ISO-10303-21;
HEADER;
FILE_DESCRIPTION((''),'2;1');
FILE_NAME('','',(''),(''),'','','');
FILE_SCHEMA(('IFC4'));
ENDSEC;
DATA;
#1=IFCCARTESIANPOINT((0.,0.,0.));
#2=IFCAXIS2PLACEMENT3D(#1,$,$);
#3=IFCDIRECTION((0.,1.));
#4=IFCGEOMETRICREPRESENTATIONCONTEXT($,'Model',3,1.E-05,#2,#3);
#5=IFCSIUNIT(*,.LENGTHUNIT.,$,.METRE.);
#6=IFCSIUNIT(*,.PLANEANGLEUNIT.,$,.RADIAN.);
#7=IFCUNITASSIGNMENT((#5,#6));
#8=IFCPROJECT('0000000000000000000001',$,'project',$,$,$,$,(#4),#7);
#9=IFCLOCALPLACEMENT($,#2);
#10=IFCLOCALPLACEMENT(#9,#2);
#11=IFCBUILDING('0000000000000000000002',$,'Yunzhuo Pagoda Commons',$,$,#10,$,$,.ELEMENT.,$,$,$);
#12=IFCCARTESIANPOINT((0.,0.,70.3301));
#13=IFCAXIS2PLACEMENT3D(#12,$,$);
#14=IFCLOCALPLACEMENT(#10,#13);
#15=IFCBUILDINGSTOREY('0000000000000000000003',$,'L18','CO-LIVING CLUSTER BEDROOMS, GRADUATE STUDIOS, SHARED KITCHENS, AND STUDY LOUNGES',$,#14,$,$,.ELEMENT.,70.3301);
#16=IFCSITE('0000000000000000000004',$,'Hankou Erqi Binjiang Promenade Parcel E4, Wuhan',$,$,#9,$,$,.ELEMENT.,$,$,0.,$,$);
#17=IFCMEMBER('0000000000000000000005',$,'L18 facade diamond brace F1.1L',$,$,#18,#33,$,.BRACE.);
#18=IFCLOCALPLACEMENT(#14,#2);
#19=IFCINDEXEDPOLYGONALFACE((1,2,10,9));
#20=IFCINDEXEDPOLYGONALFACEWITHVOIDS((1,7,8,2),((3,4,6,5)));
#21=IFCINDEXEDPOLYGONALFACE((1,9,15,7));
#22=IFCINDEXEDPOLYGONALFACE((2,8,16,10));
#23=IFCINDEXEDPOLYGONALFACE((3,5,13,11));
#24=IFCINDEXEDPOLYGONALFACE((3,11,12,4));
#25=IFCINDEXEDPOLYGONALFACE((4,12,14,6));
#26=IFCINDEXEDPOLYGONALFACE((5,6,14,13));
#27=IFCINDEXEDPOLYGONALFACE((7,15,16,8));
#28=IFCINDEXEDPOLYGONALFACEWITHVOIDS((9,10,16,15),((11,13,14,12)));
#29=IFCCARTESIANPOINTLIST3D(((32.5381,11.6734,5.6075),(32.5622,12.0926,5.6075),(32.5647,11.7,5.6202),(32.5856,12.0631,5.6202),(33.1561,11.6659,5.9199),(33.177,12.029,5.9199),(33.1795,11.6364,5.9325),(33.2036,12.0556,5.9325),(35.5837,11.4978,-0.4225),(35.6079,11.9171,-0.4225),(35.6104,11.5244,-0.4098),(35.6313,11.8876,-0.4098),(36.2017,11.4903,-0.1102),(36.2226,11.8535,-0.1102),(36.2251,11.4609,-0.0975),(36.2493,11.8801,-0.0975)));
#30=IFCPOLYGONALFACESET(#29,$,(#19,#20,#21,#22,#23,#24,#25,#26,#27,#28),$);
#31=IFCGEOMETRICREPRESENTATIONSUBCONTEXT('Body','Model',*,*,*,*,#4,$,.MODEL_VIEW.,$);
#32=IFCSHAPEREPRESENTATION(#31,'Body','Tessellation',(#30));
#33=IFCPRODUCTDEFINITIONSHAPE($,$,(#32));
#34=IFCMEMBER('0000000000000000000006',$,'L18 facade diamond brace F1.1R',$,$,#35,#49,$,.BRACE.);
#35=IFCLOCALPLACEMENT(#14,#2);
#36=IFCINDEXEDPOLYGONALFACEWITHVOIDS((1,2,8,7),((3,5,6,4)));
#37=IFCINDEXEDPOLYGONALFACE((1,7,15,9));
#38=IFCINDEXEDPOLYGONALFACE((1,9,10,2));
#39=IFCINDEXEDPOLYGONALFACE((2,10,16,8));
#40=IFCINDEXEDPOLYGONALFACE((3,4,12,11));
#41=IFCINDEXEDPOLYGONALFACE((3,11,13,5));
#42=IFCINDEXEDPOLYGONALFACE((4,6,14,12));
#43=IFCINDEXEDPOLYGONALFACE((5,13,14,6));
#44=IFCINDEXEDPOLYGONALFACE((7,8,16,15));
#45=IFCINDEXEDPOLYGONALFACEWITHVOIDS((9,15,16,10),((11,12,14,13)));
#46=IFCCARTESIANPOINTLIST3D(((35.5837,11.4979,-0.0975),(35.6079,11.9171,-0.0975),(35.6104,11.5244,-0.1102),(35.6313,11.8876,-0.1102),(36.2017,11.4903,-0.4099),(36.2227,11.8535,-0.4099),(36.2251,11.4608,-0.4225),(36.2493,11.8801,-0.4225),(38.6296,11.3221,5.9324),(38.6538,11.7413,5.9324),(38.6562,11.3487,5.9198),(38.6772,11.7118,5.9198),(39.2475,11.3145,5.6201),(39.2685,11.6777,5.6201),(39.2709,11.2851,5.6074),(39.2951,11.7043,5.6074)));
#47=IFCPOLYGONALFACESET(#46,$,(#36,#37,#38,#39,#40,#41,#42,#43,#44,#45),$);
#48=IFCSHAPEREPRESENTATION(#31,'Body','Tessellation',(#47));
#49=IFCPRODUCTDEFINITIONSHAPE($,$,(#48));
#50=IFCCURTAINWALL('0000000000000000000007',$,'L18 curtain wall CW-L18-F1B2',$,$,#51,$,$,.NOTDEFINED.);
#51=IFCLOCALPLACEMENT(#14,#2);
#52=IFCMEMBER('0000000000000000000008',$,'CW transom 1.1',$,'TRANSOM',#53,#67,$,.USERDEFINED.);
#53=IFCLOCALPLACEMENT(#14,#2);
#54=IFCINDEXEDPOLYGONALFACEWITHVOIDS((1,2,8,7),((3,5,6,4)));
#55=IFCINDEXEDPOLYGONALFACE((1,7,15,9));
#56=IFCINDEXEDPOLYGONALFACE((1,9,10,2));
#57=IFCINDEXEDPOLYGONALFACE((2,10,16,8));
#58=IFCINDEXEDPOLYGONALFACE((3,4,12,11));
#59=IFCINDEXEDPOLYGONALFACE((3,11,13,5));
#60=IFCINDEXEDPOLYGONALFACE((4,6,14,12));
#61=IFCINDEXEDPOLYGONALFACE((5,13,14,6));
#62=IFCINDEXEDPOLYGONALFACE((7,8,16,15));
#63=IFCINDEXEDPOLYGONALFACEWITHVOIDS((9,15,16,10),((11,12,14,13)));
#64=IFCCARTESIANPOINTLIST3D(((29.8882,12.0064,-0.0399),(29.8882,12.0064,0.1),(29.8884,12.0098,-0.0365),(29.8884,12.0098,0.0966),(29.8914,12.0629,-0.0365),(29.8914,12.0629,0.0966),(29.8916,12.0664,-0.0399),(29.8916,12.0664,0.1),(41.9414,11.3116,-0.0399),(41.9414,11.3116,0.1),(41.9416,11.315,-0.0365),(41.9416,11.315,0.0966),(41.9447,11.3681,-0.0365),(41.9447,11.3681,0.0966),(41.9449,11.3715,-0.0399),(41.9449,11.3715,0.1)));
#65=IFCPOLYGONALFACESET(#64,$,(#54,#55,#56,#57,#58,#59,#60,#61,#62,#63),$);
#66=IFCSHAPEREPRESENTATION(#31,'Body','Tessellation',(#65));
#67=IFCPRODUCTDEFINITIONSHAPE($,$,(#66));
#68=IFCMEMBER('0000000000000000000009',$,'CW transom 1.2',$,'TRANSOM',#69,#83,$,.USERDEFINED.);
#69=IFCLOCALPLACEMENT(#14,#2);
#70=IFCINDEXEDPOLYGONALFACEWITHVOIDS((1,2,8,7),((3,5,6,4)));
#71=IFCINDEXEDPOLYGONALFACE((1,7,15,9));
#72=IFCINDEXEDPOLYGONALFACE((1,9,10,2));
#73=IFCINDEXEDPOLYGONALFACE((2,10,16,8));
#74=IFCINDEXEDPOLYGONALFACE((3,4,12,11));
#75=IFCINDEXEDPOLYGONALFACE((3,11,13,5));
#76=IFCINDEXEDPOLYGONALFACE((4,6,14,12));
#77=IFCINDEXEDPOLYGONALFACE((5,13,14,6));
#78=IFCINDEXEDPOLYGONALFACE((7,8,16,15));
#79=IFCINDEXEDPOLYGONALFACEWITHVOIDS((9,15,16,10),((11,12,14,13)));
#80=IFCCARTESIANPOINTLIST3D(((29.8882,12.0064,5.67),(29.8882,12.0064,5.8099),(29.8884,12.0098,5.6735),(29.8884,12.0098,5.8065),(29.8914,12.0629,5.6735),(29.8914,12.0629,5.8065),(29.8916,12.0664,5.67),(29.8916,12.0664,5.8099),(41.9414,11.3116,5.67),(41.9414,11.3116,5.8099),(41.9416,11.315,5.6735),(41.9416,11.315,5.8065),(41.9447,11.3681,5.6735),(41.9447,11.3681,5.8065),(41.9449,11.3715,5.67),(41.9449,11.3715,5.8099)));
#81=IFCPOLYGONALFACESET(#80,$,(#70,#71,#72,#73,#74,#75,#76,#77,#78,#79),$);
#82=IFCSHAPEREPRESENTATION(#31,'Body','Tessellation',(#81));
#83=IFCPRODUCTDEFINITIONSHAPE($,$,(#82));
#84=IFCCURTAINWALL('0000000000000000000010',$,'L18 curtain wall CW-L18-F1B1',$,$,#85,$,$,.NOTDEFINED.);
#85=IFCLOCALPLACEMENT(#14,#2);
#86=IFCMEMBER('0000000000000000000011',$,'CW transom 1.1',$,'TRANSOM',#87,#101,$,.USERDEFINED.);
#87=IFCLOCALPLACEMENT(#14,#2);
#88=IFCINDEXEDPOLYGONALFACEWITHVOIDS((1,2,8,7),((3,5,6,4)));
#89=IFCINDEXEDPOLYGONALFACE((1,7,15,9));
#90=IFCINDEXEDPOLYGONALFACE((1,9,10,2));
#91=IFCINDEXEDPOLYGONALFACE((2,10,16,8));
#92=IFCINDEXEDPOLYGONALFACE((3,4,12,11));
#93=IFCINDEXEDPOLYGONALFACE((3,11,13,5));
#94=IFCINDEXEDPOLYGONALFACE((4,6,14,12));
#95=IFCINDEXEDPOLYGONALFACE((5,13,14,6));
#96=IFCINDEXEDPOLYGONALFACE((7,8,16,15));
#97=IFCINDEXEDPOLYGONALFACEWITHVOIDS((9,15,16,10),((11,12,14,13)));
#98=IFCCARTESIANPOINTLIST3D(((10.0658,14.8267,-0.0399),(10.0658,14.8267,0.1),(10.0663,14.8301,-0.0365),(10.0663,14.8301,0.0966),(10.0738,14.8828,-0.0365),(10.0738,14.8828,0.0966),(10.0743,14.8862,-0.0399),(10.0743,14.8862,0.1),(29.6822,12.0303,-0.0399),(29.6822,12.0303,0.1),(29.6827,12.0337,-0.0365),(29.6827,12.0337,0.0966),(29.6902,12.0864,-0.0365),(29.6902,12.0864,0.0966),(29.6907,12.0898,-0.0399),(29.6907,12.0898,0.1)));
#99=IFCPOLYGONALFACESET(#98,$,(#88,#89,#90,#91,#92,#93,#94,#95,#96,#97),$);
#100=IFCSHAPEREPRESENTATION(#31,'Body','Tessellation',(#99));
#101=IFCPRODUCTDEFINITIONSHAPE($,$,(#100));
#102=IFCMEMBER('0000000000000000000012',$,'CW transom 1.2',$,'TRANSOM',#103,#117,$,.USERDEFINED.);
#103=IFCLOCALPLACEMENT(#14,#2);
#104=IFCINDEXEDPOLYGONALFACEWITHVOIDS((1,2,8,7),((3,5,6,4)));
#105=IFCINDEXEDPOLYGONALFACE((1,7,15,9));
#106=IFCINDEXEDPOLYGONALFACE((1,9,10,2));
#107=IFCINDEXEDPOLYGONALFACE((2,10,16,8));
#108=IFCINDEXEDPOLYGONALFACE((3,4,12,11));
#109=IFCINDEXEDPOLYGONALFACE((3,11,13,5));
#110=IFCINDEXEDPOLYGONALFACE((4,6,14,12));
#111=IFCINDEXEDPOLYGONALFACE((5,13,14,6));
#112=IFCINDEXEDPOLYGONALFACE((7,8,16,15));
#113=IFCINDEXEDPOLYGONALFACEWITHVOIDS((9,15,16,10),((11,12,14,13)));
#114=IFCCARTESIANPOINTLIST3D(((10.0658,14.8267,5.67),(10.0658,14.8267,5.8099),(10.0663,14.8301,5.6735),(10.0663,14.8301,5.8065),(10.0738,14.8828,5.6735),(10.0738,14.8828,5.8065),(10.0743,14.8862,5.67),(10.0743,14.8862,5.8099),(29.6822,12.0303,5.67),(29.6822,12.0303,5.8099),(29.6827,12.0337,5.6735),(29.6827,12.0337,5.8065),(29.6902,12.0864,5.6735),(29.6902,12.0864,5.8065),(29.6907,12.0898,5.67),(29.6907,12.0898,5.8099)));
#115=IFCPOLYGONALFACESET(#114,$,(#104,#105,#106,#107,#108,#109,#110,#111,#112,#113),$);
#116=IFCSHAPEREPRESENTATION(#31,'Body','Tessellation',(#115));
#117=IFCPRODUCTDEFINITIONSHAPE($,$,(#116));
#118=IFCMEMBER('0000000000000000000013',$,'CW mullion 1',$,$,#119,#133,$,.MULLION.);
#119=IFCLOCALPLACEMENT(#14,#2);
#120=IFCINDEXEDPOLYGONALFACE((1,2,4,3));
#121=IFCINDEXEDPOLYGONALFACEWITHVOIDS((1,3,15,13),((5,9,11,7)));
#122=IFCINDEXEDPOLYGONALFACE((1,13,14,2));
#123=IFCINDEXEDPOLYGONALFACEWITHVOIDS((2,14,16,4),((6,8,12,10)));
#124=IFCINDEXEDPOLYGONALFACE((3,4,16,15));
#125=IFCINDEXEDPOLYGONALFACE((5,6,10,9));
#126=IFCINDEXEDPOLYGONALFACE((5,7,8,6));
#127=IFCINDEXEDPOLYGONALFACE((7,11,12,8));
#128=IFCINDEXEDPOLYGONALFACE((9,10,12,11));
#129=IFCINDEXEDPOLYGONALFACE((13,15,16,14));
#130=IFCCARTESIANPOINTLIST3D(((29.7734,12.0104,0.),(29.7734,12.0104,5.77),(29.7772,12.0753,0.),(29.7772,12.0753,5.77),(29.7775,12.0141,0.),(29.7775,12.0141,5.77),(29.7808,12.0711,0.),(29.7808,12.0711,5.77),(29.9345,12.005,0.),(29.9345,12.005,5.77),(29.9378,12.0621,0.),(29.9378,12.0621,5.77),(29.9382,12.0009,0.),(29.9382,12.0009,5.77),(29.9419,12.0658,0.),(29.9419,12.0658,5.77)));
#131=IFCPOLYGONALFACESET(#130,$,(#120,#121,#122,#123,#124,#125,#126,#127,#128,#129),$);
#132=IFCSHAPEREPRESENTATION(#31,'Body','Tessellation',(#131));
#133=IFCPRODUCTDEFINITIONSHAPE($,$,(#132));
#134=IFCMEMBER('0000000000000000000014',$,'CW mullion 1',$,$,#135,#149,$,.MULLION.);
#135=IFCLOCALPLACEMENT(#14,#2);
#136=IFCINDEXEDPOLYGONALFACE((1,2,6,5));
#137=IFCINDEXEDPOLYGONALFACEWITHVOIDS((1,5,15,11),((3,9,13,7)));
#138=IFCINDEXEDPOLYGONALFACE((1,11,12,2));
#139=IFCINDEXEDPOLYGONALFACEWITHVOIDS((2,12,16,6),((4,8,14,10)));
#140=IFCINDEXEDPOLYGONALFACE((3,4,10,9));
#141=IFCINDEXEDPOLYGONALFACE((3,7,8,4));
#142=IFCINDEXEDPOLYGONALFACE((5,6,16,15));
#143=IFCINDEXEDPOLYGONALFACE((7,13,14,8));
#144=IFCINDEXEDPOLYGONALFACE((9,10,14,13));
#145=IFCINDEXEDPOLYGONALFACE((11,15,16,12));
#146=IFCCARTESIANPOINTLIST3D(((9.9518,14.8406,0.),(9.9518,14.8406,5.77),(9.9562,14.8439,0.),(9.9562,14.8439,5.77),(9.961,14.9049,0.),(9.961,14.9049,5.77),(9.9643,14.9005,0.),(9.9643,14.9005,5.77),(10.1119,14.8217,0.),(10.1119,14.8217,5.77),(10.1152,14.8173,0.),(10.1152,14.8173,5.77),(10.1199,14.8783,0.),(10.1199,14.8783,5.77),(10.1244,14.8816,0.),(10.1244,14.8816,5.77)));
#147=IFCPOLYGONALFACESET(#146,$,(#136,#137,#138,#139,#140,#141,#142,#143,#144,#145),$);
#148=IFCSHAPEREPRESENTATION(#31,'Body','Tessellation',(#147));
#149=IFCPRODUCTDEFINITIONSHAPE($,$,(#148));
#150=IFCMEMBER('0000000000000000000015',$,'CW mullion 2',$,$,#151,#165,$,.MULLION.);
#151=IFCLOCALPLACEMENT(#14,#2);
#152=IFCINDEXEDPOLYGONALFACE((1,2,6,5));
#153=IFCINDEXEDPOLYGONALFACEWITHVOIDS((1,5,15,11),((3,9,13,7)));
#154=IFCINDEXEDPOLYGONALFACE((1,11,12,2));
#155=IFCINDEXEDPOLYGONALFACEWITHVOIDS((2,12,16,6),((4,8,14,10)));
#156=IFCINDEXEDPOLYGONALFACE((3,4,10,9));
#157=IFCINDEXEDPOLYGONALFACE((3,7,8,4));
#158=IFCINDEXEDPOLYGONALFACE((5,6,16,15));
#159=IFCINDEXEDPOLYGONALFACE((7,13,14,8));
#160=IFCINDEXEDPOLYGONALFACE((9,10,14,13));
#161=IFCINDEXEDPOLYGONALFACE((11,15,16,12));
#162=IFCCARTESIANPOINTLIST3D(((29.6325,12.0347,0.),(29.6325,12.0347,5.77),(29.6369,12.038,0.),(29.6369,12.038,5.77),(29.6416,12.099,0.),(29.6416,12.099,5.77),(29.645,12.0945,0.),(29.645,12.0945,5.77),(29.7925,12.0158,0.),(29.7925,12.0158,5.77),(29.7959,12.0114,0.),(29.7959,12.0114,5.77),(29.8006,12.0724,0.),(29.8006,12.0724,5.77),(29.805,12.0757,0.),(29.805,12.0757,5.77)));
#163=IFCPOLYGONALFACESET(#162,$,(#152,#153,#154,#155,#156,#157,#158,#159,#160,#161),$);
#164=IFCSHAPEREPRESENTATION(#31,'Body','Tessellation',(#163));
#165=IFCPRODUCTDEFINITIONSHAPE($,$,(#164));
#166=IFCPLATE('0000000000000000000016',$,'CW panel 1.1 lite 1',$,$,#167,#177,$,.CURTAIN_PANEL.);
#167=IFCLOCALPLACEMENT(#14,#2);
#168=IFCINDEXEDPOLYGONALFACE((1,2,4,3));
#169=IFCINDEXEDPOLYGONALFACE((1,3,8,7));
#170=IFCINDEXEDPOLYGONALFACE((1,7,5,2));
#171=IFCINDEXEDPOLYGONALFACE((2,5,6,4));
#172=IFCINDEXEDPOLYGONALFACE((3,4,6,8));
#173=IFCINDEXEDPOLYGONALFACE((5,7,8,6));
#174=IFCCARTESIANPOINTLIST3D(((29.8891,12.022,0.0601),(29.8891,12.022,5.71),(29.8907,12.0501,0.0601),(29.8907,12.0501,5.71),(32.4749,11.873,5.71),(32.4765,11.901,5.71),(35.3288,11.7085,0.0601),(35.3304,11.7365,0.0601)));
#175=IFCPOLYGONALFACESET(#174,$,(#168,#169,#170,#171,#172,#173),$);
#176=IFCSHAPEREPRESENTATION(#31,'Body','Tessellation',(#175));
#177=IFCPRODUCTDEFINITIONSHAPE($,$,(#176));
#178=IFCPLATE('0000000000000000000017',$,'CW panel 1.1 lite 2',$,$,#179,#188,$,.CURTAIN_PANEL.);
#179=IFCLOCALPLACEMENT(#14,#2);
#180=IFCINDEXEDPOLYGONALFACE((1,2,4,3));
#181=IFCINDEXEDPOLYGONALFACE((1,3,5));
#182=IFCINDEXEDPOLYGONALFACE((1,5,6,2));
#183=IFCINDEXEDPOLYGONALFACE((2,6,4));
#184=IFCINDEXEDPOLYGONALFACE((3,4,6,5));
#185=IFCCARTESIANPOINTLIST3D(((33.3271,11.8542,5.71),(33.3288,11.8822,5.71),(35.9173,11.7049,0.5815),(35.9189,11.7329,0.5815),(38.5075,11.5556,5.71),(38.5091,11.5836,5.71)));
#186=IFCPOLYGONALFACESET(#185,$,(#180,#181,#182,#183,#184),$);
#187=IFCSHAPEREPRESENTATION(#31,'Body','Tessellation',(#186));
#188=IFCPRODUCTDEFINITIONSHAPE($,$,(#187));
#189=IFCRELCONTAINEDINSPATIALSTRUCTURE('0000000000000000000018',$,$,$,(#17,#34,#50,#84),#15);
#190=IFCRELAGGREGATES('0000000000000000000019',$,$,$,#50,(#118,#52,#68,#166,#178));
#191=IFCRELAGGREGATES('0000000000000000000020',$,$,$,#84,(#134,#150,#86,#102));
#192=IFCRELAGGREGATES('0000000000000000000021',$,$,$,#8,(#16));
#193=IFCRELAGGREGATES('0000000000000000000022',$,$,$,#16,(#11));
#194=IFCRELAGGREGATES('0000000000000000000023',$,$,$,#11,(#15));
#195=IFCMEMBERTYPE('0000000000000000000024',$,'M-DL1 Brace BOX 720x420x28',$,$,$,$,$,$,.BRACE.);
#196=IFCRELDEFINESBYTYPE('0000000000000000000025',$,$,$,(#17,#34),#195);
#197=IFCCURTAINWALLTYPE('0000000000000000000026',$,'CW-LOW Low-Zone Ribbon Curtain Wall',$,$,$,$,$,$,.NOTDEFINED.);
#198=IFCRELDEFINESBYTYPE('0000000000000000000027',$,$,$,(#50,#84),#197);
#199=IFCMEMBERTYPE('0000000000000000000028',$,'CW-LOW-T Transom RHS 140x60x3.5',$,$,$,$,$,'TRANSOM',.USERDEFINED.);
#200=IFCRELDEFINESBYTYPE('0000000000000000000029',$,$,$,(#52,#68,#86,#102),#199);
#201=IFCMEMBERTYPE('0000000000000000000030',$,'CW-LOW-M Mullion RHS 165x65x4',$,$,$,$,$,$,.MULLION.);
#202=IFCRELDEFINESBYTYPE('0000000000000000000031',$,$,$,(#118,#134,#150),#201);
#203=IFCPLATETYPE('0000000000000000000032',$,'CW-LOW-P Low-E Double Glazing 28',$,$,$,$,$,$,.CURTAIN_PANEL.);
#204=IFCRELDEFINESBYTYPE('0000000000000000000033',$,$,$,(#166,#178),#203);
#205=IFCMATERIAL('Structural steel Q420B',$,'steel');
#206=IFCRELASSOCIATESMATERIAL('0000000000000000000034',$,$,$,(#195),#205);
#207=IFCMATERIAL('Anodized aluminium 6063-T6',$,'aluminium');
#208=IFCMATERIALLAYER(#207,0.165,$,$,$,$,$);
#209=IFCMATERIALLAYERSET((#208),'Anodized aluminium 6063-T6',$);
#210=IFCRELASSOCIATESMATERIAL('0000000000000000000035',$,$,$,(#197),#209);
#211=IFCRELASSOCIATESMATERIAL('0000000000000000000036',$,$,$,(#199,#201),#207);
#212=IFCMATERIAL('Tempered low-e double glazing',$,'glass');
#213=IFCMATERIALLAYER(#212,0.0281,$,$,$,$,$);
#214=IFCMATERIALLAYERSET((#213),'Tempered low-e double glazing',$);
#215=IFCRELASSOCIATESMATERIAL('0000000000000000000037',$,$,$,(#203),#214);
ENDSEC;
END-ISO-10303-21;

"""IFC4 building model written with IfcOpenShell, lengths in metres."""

from ifc_helpers import new_model, si_unit, direction, frame, origin, origin_2d, place, context, subcontext, project, spatial, polyline, hollow_rectangle, outline, extrude, source, transform, mapped, material, layer, layer_set, material_profile, profile_set, type_object, element, aggregate, save


model = new_model("IFC4")

# Units and contexts
model_context = context("Model", 3, precision=1e-05, world=origin(), true_north=direction((0.0, 1.0)))
body_context = subcontext(model_context, "Body", "Model", "MODEL_VIEW")
ifc_project = project(units=[si_unit("LENGTHUNIT", "METRE"), si_unit("PLANEANGLEUNIT", "RADIAN")], contexts=[model_context])

# Site, building, storey
site_placement = place(None, origin())
site = spatial("IfcSite", under=ifc_project, at=site_placement, Name="Hankou Erqi Binjiang Promenade Parcel E4, Wuhan", CompositionType="ELEMENT", RefElevation=0.0)
building_placement = place(site_placement, origin())
building = spatial("IfcBuilding", under=site, at=building_placement, Name="Yunzhuo Pagoda Commons", CompositionType="ELEMENT")
storey_placement = place(building_placement, frame((0.0, 0.0, 70.3301)))
storey = spatial("IfcBuildingStorey", under=building, at=storey_placement, Name="L18", Description="CO-LIVING CLUSTER BEDROOMS, GRADUATE STUDIOS, SHARED KITCHENS, AND STUDY LOUNGES", CompositionType="ELEMENT", Elevation=70.3301)

# Shared definitions
ifc_material_1 = material(Name="Structural steel Q420B", Category="steel")

# Members
ifc_material_profile_1 = material_profile(ifc_material_1, hollow_rectangle(XDim=0.4199, YDim=0.72, WallThickness=0.0281, at=origin_2d()), Name="Structural steel Q420B")
ifc_profile_set_1 = profile_set([ifc_material_profile_1], Name="Structural steel Q420B")
member_type_1 = type_object("IfcMemberType", Name="M-DL1 Brace BOX 720x420x28", PredefinedType="BRACE", material=ifc_profile_set_1)
shared_shape_1 = source(origin(), body_context, "Body", "SweptSolid", [
    extrude(hollow_rectangle(XDim=0.4199, YDim=0.72, WallThickness=0.0281, at=origin_2d()), origin(), (0.0, 0.0, 1.0), 6.7578),
])
for number, where, z_axis, x_axis, name in (
    (1, (35.9165, 11.689, -0.26), (-0.450686, 0.025975, 0.892304), (-0.05754, -0.998343, 0.0), "L18 facade diamond brace F1.1L"),
    (2, (35.9165, 11.689, -0.26), (0.450715, -0.026011, 0.892289), (0.057615, 0.998339, 0.0), "L18 facade diamond brace F1.1R"),
):
    element("IfcMember", number, at=place(storey_placement, frame(where, z_axis=z_axis, x_axis=x_axis)), inside=storey, type_object=member_type_1, Name=name, PredefinedType="BRACE", context=body_context, shape_type="MappedRepresentation", body=[
        mapped(shared_shape_1, transform((0.0, 0.0, 0.0), scale=1.0)),
    ])

# Curtain walls, members
ifc_material_2 = material(Name="Anodized aluminium 6063-T6", Category="aluminium")
ifc_layer_1 = layer(ifc_material_2, 0.165)
ifc_layer_set_1 = layer_set([ifc_layer_1], Name="Anodized aluminium 6063-T6")
curtain_wall_type_1 = type_object("IfcCurtainWallType", Name="CW-LOW Low-Zone Ribbon Curtain Wall", PredefinedType="NOTDEFINED", material=ifc_layer_set_1)
curtain_wall_1_placement = place(storey_placement, origin())
curtain_wall_1 = element("IfcCurtainWall", 3, at=curtain_wall_1_placement, inside=storey, type_object=curtain_wall_type_1, Name="L18 curtain wall CW-L18-F1B2", PredefinedType="NOTDEFINED")
ifc_material_profile_2 = material_profile(ifc_material_2, hollow_rectangle(XDim=0.0601, YDim=0.1399, WallThickness=0.0034, at=origin_2d()), Name="Anodized aluminium 6063-T6")
ifc_profile_set_2 = profile_set([ifc_material_profile_2], Name="Anodized aluminium 6063-T6")
member_type_2 = type_object("IfcMemberType", Name="CW-LOW-T Transom RHS 140x60x3.5", ElementType="TRANSOM", PredefinedType="USERDEFINED", material=ifc_profile_set_2)
shared_shape_2 = source(origin(), body_context, "Body", "SweptSolid", [
    extrude(hollow_rectangle(XDim=0.0601, YDim=0.1399, WallThickness=0.0034, at=origin_2d()), origin(), (0.0, 0.0, 1.0), 12.0732),
])
member_1_placement = place(storey_placement, frame((29.8899, 12.0364, 0.03), z_axis=(0.998343, -0.057551, 0.0), x_axis=(0.057551, 0.998343, 0.0)))
member_1 = element("IfcMember", 4, at=member_1_placement, type_object=member_type_2, Name="CW transom 1.1", ObjectType="TRANSOM", PredefinedType="USERDEFINED", context=body_context, shape_type="MappedRepresentation", body=[
    mapped(shared_shape_2, transform((0.0, 0.0, 0.0), scale=1.0)),
])
member_2_placement = place(storey_placement, frame((29.8899, 12.0364, 5.74), z_axis=(0.998343, -0.057551, 0.0), x_axis=(0.057551, 0.998343, 0.0)))
member_2 = element("IfcMember", 5, at=member_2_placement, type_object=member_type_2, Name="CW transom 1.2", ObjectType="TRANSOM", PredefinedType="USERDEFINED", context=body_context, shape_type="MappedRepresentation", body=[
    mapped(shared_shape_2, transform((0.0, 0.0, 0.0), scale=1.0)),
])
curtain_wall_2_placement = place(storey_placement, origin())
curtain_wall_2 = element("IfcCurtainWall", 6, at=curtain_wall_2_placement, inside=storey, type_object=curtain_wall_type_1, Name="L18 curtain wall CW-L18-F1B1", PredefinedType="NOTDEFINED")
shared_shape_3 = source(origin(), body_context, "Body", "SweptSolid", [
    extrude(hollow_rectangle(XDim=0.0601, YDim=0.1399, WallThickness=0.0034, at=origin_2d()), origin(), (0.0, 0.0, 1.0), 19.8147),
])
member_3_placement = place(storey_placement, frame((10.0701, 14.8564, 0.03), z_axis=(0.989992, -0.141126, 0.0), x_axis=(0.141126, 0.989992, 0.0)))
member_3 = element("IfcMember", 7, at=member_3_placement, type_object=member_type_2, Name="CW transom 1.1", ObjectType="TRANSOM", PredefinedType="USERDEFINED", context=body_context, shape_type="MappedRepresentation", body=[
    mapped(shared_shape_3, transform((0.0, 0.0, 0.0), scale=1.0)),
])
member_4_placement = place(storey_placement, frame((10.0701, 14.8564, 5.74), z_axis=(0.989992, -0.141126, 0.0), x_axis=(0.141126, 0.989992, 0.0)))
member_4 = element("IfcMember", 8, at=member_4_placement, type_object=member_type_2, Name="CW transom 1.2", ObjectType="TRANSOM", PredefinedType="USERDEFINED", context=body_context, shape_type="MappedRepresentation", body=[
    mapped(shared_shape_3, transform((0.0, 0.0, 0.0), scale=1.0)),
])

# Members
ifc_material_profile_3 = material_profile(ifc_material_2, hollow_rectangle(XDim=0.0649, YDim=0.165, WallThickness=0.0039, at=origin_2d()), Name="Anodized aluminium 6063-T6")
ifc_profile_set_3 = profile_set([ifc_material_profile_3], Name="Anodized aluminium 6063-T6")
member_type_3 = type_object("IfcMemberType", Name="CW-LOW-M Mullion RHS 165x65x4", PredefinedType="MULLION", material=ifc_profile_set_3)
shared_shape_4 = source(origin(), body_context, "Body", "SweptSolid", [
    extrude(hollow_rectangle(XDim=0.0649, YDim=0.165, WallThickness=0.0039, at=origin_2d()), origin(), (0.0, 0.0, 1.0), 5.77),
])
member_5_placement = place(storey_placement, frame((29.8577, 12.0381, 0.0), z_axis=(0.0, 0.0, 1.0), x_axis=(0.057542, 0.998343, 0.0)))
member_5 = element("IfcMember", 9, at=member_5_placement, type_object=member_type_3, Name="CW mullion 1", PredefinedType="MULLION", context=body_context, shape_type="MappedRepresentation", body=[
    mapped(shared_shape_4, transform((0.0, 0.0, 0.0), scale=1.0)),
])
member_6_placement = place(storey_placement, frame((10.0381, 14.8611, 0.0), z_axis=(0.0, 0.0, 1.0), x_axis=(0.14114, 0.98999, 0.0)))
member_6 = element("IfcMember", 10, at=member_6_placement, type_object=member_type_3, Name="CW mullion 1", PredefinedType="MULLION", context=body_context, shape_type="MappedRepresentation", body=[
    mapped(shared_shape_4, transform((0.0, 0.0, 0.0), scale=1.0)),
])
member_7_placement = place(storey_placement, frame((29.7188, 12.0552, 0.0), z_axis=(0.0, 0.0, 1.0), x_axis=(0.14114, 0.98999, 0.0)))
member_7 = element("IfcMember", 11, at=member_7_placement, type_object=member_type_3, Name="CW mullion 2", PredefinedType="MULLION", context=body_context, shape_type="MappedRepresentation", body=[
    mapped(shared_shape_4, transform((0.0, 0.0, 0.0), scale=1.0)),
])

# Plates
ifc_material_3 = material(Name="Tempered low-e double glazing", Category="glass")
ifc_layer_2 = layer(ifc_material_3, 0.0281)
ifc_layer_set_2 = layer_set([ifc_layer_2], Name="Tempered low-e double glazing")
plate_type_1 = type_object("IfcPlateType", Name="CW-LOW-P Low-E Double Glazing 28", PredefinedType="CURTAIN_PANEL", material=ifc_layer_set_2)
plate_1_placement = place(storey_placement, frame((32.6106, 11.8933, 2.885), z_axis=(-0.057542, -0.998343, 0.0), x_axis=(0.998343, -0.057542, 0.0)))
plate_1 = element("IfcPlate", 12, at=plate_1_placement, type_object=plate_type_1, Name="CW panel 1.1 lite 1", PredefinedType="CURTAIN_PANEL", context=body_context, shape_type="SweptSolid", body=[
    extrude(outline(polyline([(-2.7244, -2.825), (2.7244, -2.825), (-0.1343, 2.825), (-2.7244, 2.825), (-2.7244, -2.825)])), origin(), (0.0, 0.0, 1.0), 0.0281),
])
plate_2_placement = place(storey_placement, frame((35.9189, 11.7329, 3.1458), z_axis=(-0.057542, -0.998343, 0.0), x_axis=(0.998343, -0.057542, 0.0)))
plate_2 = element("IfcPlate", 13, at=plate_2_placement, type_object=plate_type_1, Name="CW panel 1.1 lite 2", PredefinedType="CURTAIN_PANEL", context=body_context, shape_type="SweptSolid", body=[
    extrude(outline(polyline([(-2.5945, 2.5642), (0.0, -2.5642), (2.5945, 2.5642), (-2.5945, 2.5642)])), origin(), (0.0, 0.0, 1.0), 0.0281),
])
aggregate(curtain_wall_1, [member_5, member_1, member_2, plate_1, plate_2])

aggregate(curtain_wall_2, [member_6, member_7, member_3, member_4])

save(model, "model.ifc")
